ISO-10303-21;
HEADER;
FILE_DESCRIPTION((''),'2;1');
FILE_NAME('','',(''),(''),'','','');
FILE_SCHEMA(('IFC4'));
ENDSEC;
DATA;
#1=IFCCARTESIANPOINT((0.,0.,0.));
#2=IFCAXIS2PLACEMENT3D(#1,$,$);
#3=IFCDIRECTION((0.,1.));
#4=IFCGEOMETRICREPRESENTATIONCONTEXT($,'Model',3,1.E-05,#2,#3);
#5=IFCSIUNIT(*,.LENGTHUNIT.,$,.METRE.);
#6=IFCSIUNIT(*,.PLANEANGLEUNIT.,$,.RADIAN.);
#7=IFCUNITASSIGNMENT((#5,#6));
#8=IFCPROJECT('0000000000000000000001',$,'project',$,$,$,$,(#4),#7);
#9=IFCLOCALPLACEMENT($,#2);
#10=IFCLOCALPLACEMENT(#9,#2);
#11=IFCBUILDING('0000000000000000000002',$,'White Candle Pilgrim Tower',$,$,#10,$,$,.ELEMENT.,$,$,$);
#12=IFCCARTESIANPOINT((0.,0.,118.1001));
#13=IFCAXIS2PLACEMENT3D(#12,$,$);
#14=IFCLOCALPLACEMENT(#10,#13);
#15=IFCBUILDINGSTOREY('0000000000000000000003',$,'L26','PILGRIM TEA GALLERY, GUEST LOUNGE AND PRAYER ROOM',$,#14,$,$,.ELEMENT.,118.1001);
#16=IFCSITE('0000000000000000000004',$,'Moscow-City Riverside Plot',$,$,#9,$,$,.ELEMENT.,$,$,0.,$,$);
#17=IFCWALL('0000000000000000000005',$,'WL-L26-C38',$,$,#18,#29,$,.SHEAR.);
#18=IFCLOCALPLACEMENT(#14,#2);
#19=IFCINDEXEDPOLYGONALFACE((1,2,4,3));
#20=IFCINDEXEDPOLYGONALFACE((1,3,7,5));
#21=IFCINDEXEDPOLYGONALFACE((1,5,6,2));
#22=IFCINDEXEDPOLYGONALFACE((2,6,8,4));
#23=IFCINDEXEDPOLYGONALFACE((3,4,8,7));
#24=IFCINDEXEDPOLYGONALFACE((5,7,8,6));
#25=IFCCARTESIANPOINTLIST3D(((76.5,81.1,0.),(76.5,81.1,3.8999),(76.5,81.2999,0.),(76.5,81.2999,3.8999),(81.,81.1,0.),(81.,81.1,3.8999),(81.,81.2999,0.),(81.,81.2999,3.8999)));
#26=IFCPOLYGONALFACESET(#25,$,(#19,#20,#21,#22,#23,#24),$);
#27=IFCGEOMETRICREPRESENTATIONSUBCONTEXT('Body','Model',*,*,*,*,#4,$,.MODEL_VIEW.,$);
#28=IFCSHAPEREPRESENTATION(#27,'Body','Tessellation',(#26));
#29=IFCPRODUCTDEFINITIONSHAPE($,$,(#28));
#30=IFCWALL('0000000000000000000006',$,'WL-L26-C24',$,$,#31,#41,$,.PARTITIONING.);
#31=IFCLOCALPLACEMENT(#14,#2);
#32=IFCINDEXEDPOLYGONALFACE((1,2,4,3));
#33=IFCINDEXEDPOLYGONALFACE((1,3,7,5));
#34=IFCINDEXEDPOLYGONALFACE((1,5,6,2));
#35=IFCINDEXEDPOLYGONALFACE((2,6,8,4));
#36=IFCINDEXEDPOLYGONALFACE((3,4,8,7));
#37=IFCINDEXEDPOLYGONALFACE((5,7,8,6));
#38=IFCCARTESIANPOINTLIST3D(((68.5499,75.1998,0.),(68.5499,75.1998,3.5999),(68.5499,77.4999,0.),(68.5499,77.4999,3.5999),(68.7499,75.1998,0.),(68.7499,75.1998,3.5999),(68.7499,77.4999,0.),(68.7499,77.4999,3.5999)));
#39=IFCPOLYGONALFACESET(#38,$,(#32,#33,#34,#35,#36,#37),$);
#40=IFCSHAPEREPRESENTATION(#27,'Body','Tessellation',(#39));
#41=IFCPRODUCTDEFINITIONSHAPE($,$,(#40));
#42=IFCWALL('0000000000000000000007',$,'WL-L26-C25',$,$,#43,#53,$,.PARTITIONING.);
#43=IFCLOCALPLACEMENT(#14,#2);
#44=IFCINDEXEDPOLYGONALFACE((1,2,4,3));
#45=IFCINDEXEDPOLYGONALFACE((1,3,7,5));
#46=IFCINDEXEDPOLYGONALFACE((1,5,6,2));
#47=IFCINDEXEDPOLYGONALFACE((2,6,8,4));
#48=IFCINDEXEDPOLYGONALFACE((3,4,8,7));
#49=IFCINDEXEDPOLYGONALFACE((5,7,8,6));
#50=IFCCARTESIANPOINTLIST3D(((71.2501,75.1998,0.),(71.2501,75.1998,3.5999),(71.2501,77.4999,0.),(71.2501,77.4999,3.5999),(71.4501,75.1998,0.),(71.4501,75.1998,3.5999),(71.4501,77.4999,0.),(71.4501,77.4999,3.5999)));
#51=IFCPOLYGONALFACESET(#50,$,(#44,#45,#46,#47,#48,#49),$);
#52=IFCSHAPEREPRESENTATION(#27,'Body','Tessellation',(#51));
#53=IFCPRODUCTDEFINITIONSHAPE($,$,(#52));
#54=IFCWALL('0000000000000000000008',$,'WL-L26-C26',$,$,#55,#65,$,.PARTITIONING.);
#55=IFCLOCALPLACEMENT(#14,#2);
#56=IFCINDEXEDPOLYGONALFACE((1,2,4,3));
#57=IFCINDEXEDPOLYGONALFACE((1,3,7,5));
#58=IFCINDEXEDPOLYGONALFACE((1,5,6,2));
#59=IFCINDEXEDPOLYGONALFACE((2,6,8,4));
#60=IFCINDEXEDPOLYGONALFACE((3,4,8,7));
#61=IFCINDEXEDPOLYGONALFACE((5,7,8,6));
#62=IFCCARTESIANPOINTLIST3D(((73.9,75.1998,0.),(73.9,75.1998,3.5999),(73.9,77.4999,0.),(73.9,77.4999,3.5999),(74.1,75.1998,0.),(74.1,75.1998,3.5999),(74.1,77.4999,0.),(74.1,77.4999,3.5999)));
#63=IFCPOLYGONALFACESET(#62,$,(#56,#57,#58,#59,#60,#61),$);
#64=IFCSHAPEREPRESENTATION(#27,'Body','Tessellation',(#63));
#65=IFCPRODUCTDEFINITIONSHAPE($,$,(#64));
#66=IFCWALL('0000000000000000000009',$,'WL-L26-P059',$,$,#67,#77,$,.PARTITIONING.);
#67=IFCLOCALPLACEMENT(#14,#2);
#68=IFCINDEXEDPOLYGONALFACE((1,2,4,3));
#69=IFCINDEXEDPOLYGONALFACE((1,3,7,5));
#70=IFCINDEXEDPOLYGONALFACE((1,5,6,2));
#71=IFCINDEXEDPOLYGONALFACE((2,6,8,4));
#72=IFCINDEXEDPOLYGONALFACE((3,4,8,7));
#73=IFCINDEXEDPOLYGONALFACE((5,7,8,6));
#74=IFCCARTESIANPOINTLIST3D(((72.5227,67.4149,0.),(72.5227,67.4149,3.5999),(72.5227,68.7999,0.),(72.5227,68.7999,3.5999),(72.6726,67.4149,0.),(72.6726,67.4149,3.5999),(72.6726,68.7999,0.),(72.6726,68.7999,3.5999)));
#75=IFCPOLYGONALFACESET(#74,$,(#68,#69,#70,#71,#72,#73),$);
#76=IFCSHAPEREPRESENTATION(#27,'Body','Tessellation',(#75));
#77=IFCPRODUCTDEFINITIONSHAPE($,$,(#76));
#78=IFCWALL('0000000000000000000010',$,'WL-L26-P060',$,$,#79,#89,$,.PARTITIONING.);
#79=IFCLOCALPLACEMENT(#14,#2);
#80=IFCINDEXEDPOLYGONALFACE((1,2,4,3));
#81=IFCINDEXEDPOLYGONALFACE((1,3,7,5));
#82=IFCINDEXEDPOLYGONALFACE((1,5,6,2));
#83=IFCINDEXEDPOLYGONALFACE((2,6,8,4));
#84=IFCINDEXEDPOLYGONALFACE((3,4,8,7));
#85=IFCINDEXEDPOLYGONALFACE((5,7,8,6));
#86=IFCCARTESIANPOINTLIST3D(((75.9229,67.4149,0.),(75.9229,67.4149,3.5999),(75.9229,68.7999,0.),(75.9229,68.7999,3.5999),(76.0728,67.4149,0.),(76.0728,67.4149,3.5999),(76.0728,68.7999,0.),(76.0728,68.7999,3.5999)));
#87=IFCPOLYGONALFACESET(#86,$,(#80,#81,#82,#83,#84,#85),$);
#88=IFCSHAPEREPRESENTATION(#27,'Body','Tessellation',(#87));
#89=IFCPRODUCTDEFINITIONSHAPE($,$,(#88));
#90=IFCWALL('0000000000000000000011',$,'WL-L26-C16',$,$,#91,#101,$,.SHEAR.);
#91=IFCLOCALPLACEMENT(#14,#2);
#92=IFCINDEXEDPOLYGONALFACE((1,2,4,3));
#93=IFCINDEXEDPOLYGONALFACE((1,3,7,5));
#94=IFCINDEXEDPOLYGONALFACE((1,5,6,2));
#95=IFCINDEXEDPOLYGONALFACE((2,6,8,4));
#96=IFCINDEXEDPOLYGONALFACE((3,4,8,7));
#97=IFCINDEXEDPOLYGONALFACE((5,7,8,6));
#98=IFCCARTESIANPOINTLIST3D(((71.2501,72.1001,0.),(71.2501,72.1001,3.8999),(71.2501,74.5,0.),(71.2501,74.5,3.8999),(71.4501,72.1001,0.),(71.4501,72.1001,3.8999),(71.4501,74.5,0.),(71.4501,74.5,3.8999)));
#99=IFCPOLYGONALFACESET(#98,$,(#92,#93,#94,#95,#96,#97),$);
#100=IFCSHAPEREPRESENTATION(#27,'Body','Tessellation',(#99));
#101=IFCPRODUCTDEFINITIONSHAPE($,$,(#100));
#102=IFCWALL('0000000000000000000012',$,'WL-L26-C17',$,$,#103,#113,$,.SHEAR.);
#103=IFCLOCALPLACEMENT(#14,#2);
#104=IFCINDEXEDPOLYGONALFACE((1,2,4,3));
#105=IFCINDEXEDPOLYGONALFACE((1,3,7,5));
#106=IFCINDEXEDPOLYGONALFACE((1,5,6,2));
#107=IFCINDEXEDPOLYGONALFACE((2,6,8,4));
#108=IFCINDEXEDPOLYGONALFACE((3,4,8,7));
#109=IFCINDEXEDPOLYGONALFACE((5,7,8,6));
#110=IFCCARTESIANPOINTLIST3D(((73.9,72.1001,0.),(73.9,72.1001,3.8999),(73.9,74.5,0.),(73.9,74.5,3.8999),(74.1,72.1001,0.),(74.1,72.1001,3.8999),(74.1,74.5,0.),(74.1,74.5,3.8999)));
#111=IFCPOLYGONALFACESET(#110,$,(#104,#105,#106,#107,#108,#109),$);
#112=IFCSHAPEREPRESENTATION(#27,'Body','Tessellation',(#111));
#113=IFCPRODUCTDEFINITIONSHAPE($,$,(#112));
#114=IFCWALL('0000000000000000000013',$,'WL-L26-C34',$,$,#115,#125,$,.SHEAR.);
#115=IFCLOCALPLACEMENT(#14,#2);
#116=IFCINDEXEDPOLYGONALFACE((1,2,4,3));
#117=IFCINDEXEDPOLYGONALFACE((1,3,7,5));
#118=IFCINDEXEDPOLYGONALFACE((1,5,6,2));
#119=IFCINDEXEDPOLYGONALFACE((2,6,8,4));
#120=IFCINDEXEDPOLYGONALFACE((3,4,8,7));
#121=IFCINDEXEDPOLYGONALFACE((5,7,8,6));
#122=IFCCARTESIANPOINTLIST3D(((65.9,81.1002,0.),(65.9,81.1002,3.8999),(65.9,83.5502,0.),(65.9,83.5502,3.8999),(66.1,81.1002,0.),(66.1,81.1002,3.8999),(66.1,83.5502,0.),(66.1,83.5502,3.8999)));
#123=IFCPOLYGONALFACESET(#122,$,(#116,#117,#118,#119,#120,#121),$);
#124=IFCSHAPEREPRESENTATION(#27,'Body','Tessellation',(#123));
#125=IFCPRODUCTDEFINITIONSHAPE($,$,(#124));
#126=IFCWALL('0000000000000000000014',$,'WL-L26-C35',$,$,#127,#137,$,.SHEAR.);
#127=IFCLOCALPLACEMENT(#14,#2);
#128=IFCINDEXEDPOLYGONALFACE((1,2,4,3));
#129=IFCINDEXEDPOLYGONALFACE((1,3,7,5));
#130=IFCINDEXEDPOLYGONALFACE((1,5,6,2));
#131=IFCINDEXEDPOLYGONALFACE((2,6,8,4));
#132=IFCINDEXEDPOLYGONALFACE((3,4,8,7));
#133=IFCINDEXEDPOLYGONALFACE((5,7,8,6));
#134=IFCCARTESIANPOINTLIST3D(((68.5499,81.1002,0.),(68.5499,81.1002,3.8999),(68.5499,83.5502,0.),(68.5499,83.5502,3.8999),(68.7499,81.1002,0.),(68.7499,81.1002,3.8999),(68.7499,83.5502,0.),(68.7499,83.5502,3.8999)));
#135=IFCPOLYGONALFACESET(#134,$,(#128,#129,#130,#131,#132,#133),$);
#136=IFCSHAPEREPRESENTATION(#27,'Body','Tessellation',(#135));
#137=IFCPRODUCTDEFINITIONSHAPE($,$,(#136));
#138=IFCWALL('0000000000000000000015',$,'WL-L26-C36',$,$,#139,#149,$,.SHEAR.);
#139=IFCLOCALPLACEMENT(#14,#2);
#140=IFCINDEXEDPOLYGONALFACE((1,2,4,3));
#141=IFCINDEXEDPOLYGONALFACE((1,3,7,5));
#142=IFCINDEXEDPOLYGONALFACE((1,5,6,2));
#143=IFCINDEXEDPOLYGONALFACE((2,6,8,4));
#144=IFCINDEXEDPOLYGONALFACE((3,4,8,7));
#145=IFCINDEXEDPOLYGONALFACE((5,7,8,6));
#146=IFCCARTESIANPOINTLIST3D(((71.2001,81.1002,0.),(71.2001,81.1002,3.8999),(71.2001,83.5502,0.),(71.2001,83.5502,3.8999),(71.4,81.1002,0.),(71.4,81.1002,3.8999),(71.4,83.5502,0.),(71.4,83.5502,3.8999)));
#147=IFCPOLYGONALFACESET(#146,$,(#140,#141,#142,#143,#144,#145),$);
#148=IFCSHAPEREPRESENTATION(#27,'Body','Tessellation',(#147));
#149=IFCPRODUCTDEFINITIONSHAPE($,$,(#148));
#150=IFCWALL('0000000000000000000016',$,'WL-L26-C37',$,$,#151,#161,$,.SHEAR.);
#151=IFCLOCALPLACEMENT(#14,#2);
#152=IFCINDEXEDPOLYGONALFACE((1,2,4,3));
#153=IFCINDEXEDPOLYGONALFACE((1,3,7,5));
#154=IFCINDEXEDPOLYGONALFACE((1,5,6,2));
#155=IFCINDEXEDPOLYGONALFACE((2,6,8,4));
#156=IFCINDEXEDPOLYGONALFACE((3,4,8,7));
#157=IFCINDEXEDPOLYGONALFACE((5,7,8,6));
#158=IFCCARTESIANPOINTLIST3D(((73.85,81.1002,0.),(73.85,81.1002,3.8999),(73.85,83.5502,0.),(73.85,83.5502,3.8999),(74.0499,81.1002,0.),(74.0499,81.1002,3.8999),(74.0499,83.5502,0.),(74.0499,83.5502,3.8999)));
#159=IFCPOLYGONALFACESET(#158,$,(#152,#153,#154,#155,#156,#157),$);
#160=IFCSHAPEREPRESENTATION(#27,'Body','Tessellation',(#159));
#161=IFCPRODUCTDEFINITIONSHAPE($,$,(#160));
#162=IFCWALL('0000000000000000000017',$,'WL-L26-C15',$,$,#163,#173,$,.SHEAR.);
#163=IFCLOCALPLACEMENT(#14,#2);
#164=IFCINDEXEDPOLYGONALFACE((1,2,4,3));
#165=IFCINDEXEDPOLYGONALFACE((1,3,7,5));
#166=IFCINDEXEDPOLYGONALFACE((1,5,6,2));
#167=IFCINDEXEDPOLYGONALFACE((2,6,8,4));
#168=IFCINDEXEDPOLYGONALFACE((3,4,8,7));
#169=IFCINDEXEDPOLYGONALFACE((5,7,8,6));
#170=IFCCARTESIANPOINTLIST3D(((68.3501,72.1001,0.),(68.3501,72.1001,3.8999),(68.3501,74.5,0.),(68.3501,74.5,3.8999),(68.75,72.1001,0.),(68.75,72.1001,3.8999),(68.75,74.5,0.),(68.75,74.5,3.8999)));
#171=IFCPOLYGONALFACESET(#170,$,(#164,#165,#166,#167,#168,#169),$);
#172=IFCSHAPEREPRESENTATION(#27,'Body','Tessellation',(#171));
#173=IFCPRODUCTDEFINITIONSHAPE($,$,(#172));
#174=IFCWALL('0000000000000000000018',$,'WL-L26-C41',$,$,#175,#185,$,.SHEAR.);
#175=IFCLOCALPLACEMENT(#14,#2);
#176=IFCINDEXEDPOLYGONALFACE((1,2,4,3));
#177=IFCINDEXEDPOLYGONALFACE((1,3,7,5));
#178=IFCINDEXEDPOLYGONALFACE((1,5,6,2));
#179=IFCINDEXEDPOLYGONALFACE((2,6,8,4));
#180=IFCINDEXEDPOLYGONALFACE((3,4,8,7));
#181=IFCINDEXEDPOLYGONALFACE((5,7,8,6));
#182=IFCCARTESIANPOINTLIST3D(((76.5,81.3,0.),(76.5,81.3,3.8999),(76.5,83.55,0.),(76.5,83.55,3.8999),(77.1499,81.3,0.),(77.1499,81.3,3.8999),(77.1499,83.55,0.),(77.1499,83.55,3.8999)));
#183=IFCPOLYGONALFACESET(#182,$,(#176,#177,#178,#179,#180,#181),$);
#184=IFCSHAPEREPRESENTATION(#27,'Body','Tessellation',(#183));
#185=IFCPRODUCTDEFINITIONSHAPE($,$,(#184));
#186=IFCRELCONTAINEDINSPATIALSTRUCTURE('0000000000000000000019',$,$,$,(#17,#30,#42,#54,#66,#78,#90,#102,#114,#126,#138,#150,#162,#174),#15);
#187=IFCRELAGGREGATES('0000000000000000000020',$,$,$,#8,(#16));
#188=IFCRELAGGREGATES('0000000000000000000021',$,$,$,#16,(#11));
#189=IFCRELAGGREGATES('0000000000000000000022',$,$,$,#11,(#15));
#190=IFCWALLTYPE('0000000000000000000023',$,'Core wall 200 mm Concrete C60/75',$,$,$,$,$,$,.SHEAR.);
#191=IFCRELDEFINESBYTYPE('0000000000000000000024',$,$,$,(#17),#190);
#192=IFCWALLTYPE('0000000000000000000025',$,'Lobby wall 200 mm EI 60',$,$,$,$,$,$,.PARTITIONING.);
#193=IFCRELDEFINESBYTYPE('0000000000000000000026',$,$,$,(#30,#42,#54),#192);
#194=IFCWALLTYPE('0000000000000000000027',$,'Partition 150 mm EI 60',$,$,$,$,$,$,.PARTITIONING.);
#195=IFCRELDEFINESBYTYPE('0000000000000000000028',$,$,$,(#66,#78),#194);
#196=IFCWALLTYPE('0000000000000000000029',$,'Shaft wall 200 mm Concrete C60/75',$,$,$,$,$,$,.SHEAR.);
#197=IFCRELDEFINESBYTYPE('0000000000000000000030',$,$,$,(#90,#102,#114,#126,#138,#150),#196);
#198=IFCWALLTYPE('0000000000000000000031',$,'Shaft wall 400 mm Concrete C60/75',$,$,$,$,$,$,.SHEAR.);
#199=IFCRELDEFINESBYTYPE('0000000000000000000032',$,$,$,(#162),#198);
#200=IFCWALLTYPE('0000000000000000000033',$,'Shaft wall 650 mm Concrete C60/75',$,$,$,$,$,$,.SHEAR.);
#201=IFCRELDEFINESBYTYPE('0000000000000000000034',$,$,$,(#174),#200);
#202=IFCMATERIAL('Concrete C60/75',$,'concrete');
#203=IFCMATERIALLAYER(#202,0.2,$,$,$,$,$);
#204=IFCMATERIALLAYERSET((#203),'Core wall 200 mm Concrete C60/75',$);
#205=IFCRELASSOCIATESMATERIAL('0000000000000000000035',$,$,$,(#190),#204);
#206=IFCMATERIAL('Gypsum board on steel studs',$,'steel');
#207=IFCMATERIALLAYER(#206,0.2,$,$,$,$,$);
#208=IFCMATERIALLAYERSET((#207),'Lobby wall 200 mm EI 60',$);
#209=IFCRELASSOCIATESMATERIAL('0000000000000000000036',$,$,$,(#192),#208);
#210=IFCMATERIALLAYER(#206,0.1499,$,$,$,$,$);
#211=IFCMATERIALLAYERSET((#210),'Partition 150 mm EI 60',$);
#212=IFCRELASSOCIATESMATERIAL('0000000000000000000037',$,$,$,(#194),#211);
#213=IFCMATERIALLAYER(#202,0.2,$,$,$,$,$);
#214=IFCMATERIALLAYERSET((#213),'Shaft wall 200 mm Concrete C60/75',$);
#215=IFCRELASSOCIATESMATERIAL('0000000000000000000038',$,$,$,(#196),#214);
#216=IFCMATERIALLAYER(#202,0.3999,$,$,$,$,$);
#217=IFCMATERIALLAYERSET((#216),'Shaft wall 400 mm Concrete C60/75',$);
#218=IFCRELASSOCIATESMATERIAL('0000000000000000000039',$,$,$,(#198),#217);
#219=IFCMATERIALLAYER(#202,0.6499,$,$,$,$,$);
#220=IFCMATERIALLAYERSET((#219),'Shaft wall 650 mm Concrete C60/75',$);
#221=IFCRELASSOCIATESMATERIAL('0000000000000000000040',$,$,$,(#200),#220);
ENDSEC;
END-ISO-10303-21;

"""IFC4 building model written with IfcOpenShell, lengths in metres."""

from ifc_helpers import new_model, si_unit, direction, frame, frame_2d, origin, place, context, subcontext, project, spatial, rectangle, extrude, material, layer, layer_set, type_object, element, save


model = new_model("IFC4")

# Units and contexts
model_context = context("Model", 3, precision=1e-05, world=origin(), true_north=direction((0.0, 1.0)))
body_context = subcontext(model_context, "Body", "Model", "MODEL_VIEW")
ifc_project = project(units=[si_unit("LENGTHUNIT", "METRE"), si_unit("PLANEANGLEUNIT", "RADIAN")], contexts=[model_context])

# Site, building, storey
site_placement = place(None, origin())
site = spatial("IfcSite", under=ifc_project, at=site_placement, Name="Moscow-City Riverside Plot", CompositionType="ELEMENT", RefElevation=0.0)
building_placement = place(site_placement, origin())
building = spatial("IfcBuilding", under=site, at=building_placement, Name="White Candle Pilgrim Tower", CompositionType="ELEMENT")
storey_placement = place(building_placement, frame((0.0, 0.0, 118.1001)))
storey = spatial("IfcBuildingStorey", under=building, at=storey_placement, Name="L26", Description="PILGRIM TEA GALLERY, GUEST LOUNGE AND PRAYER ROOM", CompositionType="ELEMENT", Elevation=118.1001)

# Walls
ifc_material_1 = material(Name="Concrete C60/75", Category="concrete")
ifc_layer_1 = layer(ifc_material_1, 0.2)
ifc_layer_set_1 = layer_set([ifc_layer_1], Name="Core wall 200 mm Concrete C60/75")
wall_type_1 = type_object("IfcWallType", Name="Core wall 200 mm Concrete C60/75", PredefinedType="SHEAR", material=ifc_layer_set_1)
wall_1_placement = place(storey_placement, frame((76.5, 81.2, 0.0), z_axis=(0.0, 0.0, 1.0), x_axis=(1.0, 0.0, 0.0)))
element("IfcWall", 1, at=wall_1_placement, inside=storey, type_object=wall_type_1, Name="WL-L26-C38", PredefinedType="SHEAR", context=body_context, shape_type="SweptSolid", body=[
    extrude(rectangle(XDim=4.5, YDim=0.2, at=frame_2d((2.25, 0.0))), origin(), (0.0, 0.0, 1.0), 3.8999),
])
ifc_material_2 = material(Name="Gypsum board on steel studs", Category="steel")
ifc_layer_2 = layer(ifc_material_2, 0.2)
ifc_layer_set_2 = layer_set([ifc_layer_2], Name="Lobby wall 200 mm EI 60")
wall_type_2 = type_object("IfcWallType", Name="Lobby wall 200 mm EI 60", PredefinedType="PARTITIONING", material=ifc_layer_set_2)
for number, where, z_axis, x_axis, name in (
    (2, (68.6499, 75.2, 0.0), (0.0, 0.0, 1.0), (0.0, 1.0, 0.0), "WL-L26-C24"),
    (3, (71.3501, 75.2, 0.0), (0.0, 0.0, 1.0), (0.0, 1.0, 0.0), "WL-L26-C25"),
    (4, (74.0, 75.2, 0.0), (0.0, 0.0, 1.0), (0.0, 1.0, 0.0), "WL-L26-C26"),
):
    element("IfcWall", number, at=place(storey_placement, frame(where, z_axis=z_axis, x_axis=x_axis)), inside=storey, type_object=wall_type_2, Name=name, PredefinedType="PARTITIONING", context=body_context, shape_type="SweptSolid", body=[
        extrude(rectangle(XDim=2.3, YDim=0.2, at=frame_2d((1.1499, 0.0))), origin(), (0.0, 0.0, 1.0), 3.5999),
    ])
ifc_layer_3 = layer(ifc_material_2, 0.1499)
ifc_layer_set_3 = layer_set([ifc_layer_3], Name="Partition 150 mm EI 60")
wall_type_3 = type_object("IfcWallType", Name="Partition 150 mm EI 60", PredefinedType="PARTITIONING", material=ifc_layer_set_3)
for number, where, z_axis, x_axis, name in (
    (5, (72.5977, 67.415, 0.0), (0.0, 0.0, 1.0), (0.0, 1.0, 0.0), "WL-L26-P059"),
    (6, (75.9978, 67.415, 0.0), (0.0, 0.0, 1.0), (0.0, 1.0, 0.0), "WL-L26-P060"),
):
    element("IfcWall", number, at=place(storey_placement, frame(where, z_axis=z_axis, x_axis=x_axis)), inside=storey, type_object=wall_type_3, Name=name, PredefinedType="PARTITIONING", context=body_context, shape_type="SweptSolid", body=[
        extrude(rectangle(XDim=1.385, YDim=0.1499, at=frame_2d((0.6924, 0.0))), origin(), (0.0, 0.0, 1.0), 3.5999),
    ])
ifc_layer_4 = layer(ifc_material_1, 0.2)
ifc_layer_set_4 = layer_set([ifc_layer_4], Name="Shaft wall 200 mm Concrete C60/75")
wall_type_4 = type_object("IfcWallType", Name="Shaft wall 200 mm Concrete C60/75", PredefinedType="SHEAR", material=ifc_layer_set_4)
for number, where, z_axis, x_axis, name in (
    (7, (71.3501, 72.1001, 0.0), (0.0, 0.0, 1.0), (0.0, 1.0, 0.0), "WL-L26-C16"),
    (8, (74.0, 72.1001, 0.0), (0.0, 0.0, 1.0), (0.0, 1.0, 0.0), "WL-L26-C17"),
):
    element("IfcWall", number, at=place(storey_placement, frame(where, z_axis=z_axis, x_axis=x_axis)), inside=storey, type_object=wall_type_4, Name=name, PredefinedType="SHEAR", context=body_context, shape_type="SweptSolid", body=[
        extrude(rectangle(XDim=2.3999, YDim=0.2, at=frame_2d((1.2, 0.0))), origin(), (0.0, 0.0, 1.0), 3.8999),
    ])
for number, where, z_axis, x_axis, name in (
    (9, (66.0, 81.1001, 0.0), (0.0, 0.0, 1.0), (0.0, 1.0, 0.0), "WL-L26-C34"),
    (10, (68.6499, 81.1001, 0.0), (0.0, 0.0, 1.0), (0.0, 1.0, 0.0), "WL-L26-C35"),
    (11, (71.3, 81.1001, 0.0), (0.0, 0.0, 1.0), (0.0, 1.0, 0.0), "WL-L26-C36"),
    (12, (73.95, 81.1001, 0.0), (0.0, 0.0, 1.0), (0.0, 1.0, 0.0), "WL-L26-C37"),
):
    element("IfcWall", number, at=place(storey_placement, frame(where, z_axis=z_axis, x_axis=x_axis)), inside=storey, type_object=wall_type_4, Name=name, PredefinedType="SHEAR", context=body_context, shape_type="SweptSolid", body=[
        extrude(rectangle(XDim=2.45, YDim=0.2, at=frame_2d((1.2251, 0.0))), origin(), (0.0, 0.0, 1.0), 3.8999),
    ])
ifc_layer_5 = layer(ifc_material_1, 0.3999)
ifc_layer_set_5 = layer_set([ifc_layer_5], Name="Shaft wall 400 mm Concrete C60/75")
wall_type_5 = type_object("IfcWallType", Name="Shaft wall 400 mm Concrete C60/75", PredefinedType="SHEAR", material=ifc_layer_set_5)
wall_2_placement = place(storey_placement, frame((68.55, 72.1001, 0.0), z_axis=(0.0, 0.0, 1.0), x_axis=(0.0, 1.0, 0.0)))
element("IfcWall", 13, at=wall_2_placement, inside=storey, type_object=wall_type_5, Name="WL-L26-C15", PredefinedType="SHEAR", context=body_context, shape_type="SweptSolid", body=[
    extrude(rectangle(XDim=2.3999, YDim=0.3999, at=frame_2d((1.2, 0.0))), origin(), (0.0, 0.0, 1.0), 3.8999),
])
ifc_layer_6 = layer(ifc_material_1, 0.6499)
ifc_layer_set_6 = layer_set([ifc_layer_6], Name="Shaft wall 650 mm Concrete C60/75")
wall_type_6 = type_object("IfcWallType", Name="Shaft wall 650 mm Concrete C60/75", PredefinedType="SHEAR", material=ifc_layer_set_6)
wall_3_placement = place(storey_placement, frame((76.825, 81.3, 0.0), z_axis=(0.0, 0.0, 1.0), x_axis=(0.0, 1.0, 0.0)))
element("IfcWall", 14, at=wall_3_placement, inside=storey, type_object=wall_type_6, Name="WL-L26-C41", PredefinedType="SHEAR", context=body_context, shape_type="SweptSolid", body=[
    extrude(rectangle(XDim=2.25, YDim=0.6499, at=frame_2d((1.125, 0.0))), origin(), (0.0, 0.0, 1.0), 3.8999),
])

save(model, "model.ifc")
